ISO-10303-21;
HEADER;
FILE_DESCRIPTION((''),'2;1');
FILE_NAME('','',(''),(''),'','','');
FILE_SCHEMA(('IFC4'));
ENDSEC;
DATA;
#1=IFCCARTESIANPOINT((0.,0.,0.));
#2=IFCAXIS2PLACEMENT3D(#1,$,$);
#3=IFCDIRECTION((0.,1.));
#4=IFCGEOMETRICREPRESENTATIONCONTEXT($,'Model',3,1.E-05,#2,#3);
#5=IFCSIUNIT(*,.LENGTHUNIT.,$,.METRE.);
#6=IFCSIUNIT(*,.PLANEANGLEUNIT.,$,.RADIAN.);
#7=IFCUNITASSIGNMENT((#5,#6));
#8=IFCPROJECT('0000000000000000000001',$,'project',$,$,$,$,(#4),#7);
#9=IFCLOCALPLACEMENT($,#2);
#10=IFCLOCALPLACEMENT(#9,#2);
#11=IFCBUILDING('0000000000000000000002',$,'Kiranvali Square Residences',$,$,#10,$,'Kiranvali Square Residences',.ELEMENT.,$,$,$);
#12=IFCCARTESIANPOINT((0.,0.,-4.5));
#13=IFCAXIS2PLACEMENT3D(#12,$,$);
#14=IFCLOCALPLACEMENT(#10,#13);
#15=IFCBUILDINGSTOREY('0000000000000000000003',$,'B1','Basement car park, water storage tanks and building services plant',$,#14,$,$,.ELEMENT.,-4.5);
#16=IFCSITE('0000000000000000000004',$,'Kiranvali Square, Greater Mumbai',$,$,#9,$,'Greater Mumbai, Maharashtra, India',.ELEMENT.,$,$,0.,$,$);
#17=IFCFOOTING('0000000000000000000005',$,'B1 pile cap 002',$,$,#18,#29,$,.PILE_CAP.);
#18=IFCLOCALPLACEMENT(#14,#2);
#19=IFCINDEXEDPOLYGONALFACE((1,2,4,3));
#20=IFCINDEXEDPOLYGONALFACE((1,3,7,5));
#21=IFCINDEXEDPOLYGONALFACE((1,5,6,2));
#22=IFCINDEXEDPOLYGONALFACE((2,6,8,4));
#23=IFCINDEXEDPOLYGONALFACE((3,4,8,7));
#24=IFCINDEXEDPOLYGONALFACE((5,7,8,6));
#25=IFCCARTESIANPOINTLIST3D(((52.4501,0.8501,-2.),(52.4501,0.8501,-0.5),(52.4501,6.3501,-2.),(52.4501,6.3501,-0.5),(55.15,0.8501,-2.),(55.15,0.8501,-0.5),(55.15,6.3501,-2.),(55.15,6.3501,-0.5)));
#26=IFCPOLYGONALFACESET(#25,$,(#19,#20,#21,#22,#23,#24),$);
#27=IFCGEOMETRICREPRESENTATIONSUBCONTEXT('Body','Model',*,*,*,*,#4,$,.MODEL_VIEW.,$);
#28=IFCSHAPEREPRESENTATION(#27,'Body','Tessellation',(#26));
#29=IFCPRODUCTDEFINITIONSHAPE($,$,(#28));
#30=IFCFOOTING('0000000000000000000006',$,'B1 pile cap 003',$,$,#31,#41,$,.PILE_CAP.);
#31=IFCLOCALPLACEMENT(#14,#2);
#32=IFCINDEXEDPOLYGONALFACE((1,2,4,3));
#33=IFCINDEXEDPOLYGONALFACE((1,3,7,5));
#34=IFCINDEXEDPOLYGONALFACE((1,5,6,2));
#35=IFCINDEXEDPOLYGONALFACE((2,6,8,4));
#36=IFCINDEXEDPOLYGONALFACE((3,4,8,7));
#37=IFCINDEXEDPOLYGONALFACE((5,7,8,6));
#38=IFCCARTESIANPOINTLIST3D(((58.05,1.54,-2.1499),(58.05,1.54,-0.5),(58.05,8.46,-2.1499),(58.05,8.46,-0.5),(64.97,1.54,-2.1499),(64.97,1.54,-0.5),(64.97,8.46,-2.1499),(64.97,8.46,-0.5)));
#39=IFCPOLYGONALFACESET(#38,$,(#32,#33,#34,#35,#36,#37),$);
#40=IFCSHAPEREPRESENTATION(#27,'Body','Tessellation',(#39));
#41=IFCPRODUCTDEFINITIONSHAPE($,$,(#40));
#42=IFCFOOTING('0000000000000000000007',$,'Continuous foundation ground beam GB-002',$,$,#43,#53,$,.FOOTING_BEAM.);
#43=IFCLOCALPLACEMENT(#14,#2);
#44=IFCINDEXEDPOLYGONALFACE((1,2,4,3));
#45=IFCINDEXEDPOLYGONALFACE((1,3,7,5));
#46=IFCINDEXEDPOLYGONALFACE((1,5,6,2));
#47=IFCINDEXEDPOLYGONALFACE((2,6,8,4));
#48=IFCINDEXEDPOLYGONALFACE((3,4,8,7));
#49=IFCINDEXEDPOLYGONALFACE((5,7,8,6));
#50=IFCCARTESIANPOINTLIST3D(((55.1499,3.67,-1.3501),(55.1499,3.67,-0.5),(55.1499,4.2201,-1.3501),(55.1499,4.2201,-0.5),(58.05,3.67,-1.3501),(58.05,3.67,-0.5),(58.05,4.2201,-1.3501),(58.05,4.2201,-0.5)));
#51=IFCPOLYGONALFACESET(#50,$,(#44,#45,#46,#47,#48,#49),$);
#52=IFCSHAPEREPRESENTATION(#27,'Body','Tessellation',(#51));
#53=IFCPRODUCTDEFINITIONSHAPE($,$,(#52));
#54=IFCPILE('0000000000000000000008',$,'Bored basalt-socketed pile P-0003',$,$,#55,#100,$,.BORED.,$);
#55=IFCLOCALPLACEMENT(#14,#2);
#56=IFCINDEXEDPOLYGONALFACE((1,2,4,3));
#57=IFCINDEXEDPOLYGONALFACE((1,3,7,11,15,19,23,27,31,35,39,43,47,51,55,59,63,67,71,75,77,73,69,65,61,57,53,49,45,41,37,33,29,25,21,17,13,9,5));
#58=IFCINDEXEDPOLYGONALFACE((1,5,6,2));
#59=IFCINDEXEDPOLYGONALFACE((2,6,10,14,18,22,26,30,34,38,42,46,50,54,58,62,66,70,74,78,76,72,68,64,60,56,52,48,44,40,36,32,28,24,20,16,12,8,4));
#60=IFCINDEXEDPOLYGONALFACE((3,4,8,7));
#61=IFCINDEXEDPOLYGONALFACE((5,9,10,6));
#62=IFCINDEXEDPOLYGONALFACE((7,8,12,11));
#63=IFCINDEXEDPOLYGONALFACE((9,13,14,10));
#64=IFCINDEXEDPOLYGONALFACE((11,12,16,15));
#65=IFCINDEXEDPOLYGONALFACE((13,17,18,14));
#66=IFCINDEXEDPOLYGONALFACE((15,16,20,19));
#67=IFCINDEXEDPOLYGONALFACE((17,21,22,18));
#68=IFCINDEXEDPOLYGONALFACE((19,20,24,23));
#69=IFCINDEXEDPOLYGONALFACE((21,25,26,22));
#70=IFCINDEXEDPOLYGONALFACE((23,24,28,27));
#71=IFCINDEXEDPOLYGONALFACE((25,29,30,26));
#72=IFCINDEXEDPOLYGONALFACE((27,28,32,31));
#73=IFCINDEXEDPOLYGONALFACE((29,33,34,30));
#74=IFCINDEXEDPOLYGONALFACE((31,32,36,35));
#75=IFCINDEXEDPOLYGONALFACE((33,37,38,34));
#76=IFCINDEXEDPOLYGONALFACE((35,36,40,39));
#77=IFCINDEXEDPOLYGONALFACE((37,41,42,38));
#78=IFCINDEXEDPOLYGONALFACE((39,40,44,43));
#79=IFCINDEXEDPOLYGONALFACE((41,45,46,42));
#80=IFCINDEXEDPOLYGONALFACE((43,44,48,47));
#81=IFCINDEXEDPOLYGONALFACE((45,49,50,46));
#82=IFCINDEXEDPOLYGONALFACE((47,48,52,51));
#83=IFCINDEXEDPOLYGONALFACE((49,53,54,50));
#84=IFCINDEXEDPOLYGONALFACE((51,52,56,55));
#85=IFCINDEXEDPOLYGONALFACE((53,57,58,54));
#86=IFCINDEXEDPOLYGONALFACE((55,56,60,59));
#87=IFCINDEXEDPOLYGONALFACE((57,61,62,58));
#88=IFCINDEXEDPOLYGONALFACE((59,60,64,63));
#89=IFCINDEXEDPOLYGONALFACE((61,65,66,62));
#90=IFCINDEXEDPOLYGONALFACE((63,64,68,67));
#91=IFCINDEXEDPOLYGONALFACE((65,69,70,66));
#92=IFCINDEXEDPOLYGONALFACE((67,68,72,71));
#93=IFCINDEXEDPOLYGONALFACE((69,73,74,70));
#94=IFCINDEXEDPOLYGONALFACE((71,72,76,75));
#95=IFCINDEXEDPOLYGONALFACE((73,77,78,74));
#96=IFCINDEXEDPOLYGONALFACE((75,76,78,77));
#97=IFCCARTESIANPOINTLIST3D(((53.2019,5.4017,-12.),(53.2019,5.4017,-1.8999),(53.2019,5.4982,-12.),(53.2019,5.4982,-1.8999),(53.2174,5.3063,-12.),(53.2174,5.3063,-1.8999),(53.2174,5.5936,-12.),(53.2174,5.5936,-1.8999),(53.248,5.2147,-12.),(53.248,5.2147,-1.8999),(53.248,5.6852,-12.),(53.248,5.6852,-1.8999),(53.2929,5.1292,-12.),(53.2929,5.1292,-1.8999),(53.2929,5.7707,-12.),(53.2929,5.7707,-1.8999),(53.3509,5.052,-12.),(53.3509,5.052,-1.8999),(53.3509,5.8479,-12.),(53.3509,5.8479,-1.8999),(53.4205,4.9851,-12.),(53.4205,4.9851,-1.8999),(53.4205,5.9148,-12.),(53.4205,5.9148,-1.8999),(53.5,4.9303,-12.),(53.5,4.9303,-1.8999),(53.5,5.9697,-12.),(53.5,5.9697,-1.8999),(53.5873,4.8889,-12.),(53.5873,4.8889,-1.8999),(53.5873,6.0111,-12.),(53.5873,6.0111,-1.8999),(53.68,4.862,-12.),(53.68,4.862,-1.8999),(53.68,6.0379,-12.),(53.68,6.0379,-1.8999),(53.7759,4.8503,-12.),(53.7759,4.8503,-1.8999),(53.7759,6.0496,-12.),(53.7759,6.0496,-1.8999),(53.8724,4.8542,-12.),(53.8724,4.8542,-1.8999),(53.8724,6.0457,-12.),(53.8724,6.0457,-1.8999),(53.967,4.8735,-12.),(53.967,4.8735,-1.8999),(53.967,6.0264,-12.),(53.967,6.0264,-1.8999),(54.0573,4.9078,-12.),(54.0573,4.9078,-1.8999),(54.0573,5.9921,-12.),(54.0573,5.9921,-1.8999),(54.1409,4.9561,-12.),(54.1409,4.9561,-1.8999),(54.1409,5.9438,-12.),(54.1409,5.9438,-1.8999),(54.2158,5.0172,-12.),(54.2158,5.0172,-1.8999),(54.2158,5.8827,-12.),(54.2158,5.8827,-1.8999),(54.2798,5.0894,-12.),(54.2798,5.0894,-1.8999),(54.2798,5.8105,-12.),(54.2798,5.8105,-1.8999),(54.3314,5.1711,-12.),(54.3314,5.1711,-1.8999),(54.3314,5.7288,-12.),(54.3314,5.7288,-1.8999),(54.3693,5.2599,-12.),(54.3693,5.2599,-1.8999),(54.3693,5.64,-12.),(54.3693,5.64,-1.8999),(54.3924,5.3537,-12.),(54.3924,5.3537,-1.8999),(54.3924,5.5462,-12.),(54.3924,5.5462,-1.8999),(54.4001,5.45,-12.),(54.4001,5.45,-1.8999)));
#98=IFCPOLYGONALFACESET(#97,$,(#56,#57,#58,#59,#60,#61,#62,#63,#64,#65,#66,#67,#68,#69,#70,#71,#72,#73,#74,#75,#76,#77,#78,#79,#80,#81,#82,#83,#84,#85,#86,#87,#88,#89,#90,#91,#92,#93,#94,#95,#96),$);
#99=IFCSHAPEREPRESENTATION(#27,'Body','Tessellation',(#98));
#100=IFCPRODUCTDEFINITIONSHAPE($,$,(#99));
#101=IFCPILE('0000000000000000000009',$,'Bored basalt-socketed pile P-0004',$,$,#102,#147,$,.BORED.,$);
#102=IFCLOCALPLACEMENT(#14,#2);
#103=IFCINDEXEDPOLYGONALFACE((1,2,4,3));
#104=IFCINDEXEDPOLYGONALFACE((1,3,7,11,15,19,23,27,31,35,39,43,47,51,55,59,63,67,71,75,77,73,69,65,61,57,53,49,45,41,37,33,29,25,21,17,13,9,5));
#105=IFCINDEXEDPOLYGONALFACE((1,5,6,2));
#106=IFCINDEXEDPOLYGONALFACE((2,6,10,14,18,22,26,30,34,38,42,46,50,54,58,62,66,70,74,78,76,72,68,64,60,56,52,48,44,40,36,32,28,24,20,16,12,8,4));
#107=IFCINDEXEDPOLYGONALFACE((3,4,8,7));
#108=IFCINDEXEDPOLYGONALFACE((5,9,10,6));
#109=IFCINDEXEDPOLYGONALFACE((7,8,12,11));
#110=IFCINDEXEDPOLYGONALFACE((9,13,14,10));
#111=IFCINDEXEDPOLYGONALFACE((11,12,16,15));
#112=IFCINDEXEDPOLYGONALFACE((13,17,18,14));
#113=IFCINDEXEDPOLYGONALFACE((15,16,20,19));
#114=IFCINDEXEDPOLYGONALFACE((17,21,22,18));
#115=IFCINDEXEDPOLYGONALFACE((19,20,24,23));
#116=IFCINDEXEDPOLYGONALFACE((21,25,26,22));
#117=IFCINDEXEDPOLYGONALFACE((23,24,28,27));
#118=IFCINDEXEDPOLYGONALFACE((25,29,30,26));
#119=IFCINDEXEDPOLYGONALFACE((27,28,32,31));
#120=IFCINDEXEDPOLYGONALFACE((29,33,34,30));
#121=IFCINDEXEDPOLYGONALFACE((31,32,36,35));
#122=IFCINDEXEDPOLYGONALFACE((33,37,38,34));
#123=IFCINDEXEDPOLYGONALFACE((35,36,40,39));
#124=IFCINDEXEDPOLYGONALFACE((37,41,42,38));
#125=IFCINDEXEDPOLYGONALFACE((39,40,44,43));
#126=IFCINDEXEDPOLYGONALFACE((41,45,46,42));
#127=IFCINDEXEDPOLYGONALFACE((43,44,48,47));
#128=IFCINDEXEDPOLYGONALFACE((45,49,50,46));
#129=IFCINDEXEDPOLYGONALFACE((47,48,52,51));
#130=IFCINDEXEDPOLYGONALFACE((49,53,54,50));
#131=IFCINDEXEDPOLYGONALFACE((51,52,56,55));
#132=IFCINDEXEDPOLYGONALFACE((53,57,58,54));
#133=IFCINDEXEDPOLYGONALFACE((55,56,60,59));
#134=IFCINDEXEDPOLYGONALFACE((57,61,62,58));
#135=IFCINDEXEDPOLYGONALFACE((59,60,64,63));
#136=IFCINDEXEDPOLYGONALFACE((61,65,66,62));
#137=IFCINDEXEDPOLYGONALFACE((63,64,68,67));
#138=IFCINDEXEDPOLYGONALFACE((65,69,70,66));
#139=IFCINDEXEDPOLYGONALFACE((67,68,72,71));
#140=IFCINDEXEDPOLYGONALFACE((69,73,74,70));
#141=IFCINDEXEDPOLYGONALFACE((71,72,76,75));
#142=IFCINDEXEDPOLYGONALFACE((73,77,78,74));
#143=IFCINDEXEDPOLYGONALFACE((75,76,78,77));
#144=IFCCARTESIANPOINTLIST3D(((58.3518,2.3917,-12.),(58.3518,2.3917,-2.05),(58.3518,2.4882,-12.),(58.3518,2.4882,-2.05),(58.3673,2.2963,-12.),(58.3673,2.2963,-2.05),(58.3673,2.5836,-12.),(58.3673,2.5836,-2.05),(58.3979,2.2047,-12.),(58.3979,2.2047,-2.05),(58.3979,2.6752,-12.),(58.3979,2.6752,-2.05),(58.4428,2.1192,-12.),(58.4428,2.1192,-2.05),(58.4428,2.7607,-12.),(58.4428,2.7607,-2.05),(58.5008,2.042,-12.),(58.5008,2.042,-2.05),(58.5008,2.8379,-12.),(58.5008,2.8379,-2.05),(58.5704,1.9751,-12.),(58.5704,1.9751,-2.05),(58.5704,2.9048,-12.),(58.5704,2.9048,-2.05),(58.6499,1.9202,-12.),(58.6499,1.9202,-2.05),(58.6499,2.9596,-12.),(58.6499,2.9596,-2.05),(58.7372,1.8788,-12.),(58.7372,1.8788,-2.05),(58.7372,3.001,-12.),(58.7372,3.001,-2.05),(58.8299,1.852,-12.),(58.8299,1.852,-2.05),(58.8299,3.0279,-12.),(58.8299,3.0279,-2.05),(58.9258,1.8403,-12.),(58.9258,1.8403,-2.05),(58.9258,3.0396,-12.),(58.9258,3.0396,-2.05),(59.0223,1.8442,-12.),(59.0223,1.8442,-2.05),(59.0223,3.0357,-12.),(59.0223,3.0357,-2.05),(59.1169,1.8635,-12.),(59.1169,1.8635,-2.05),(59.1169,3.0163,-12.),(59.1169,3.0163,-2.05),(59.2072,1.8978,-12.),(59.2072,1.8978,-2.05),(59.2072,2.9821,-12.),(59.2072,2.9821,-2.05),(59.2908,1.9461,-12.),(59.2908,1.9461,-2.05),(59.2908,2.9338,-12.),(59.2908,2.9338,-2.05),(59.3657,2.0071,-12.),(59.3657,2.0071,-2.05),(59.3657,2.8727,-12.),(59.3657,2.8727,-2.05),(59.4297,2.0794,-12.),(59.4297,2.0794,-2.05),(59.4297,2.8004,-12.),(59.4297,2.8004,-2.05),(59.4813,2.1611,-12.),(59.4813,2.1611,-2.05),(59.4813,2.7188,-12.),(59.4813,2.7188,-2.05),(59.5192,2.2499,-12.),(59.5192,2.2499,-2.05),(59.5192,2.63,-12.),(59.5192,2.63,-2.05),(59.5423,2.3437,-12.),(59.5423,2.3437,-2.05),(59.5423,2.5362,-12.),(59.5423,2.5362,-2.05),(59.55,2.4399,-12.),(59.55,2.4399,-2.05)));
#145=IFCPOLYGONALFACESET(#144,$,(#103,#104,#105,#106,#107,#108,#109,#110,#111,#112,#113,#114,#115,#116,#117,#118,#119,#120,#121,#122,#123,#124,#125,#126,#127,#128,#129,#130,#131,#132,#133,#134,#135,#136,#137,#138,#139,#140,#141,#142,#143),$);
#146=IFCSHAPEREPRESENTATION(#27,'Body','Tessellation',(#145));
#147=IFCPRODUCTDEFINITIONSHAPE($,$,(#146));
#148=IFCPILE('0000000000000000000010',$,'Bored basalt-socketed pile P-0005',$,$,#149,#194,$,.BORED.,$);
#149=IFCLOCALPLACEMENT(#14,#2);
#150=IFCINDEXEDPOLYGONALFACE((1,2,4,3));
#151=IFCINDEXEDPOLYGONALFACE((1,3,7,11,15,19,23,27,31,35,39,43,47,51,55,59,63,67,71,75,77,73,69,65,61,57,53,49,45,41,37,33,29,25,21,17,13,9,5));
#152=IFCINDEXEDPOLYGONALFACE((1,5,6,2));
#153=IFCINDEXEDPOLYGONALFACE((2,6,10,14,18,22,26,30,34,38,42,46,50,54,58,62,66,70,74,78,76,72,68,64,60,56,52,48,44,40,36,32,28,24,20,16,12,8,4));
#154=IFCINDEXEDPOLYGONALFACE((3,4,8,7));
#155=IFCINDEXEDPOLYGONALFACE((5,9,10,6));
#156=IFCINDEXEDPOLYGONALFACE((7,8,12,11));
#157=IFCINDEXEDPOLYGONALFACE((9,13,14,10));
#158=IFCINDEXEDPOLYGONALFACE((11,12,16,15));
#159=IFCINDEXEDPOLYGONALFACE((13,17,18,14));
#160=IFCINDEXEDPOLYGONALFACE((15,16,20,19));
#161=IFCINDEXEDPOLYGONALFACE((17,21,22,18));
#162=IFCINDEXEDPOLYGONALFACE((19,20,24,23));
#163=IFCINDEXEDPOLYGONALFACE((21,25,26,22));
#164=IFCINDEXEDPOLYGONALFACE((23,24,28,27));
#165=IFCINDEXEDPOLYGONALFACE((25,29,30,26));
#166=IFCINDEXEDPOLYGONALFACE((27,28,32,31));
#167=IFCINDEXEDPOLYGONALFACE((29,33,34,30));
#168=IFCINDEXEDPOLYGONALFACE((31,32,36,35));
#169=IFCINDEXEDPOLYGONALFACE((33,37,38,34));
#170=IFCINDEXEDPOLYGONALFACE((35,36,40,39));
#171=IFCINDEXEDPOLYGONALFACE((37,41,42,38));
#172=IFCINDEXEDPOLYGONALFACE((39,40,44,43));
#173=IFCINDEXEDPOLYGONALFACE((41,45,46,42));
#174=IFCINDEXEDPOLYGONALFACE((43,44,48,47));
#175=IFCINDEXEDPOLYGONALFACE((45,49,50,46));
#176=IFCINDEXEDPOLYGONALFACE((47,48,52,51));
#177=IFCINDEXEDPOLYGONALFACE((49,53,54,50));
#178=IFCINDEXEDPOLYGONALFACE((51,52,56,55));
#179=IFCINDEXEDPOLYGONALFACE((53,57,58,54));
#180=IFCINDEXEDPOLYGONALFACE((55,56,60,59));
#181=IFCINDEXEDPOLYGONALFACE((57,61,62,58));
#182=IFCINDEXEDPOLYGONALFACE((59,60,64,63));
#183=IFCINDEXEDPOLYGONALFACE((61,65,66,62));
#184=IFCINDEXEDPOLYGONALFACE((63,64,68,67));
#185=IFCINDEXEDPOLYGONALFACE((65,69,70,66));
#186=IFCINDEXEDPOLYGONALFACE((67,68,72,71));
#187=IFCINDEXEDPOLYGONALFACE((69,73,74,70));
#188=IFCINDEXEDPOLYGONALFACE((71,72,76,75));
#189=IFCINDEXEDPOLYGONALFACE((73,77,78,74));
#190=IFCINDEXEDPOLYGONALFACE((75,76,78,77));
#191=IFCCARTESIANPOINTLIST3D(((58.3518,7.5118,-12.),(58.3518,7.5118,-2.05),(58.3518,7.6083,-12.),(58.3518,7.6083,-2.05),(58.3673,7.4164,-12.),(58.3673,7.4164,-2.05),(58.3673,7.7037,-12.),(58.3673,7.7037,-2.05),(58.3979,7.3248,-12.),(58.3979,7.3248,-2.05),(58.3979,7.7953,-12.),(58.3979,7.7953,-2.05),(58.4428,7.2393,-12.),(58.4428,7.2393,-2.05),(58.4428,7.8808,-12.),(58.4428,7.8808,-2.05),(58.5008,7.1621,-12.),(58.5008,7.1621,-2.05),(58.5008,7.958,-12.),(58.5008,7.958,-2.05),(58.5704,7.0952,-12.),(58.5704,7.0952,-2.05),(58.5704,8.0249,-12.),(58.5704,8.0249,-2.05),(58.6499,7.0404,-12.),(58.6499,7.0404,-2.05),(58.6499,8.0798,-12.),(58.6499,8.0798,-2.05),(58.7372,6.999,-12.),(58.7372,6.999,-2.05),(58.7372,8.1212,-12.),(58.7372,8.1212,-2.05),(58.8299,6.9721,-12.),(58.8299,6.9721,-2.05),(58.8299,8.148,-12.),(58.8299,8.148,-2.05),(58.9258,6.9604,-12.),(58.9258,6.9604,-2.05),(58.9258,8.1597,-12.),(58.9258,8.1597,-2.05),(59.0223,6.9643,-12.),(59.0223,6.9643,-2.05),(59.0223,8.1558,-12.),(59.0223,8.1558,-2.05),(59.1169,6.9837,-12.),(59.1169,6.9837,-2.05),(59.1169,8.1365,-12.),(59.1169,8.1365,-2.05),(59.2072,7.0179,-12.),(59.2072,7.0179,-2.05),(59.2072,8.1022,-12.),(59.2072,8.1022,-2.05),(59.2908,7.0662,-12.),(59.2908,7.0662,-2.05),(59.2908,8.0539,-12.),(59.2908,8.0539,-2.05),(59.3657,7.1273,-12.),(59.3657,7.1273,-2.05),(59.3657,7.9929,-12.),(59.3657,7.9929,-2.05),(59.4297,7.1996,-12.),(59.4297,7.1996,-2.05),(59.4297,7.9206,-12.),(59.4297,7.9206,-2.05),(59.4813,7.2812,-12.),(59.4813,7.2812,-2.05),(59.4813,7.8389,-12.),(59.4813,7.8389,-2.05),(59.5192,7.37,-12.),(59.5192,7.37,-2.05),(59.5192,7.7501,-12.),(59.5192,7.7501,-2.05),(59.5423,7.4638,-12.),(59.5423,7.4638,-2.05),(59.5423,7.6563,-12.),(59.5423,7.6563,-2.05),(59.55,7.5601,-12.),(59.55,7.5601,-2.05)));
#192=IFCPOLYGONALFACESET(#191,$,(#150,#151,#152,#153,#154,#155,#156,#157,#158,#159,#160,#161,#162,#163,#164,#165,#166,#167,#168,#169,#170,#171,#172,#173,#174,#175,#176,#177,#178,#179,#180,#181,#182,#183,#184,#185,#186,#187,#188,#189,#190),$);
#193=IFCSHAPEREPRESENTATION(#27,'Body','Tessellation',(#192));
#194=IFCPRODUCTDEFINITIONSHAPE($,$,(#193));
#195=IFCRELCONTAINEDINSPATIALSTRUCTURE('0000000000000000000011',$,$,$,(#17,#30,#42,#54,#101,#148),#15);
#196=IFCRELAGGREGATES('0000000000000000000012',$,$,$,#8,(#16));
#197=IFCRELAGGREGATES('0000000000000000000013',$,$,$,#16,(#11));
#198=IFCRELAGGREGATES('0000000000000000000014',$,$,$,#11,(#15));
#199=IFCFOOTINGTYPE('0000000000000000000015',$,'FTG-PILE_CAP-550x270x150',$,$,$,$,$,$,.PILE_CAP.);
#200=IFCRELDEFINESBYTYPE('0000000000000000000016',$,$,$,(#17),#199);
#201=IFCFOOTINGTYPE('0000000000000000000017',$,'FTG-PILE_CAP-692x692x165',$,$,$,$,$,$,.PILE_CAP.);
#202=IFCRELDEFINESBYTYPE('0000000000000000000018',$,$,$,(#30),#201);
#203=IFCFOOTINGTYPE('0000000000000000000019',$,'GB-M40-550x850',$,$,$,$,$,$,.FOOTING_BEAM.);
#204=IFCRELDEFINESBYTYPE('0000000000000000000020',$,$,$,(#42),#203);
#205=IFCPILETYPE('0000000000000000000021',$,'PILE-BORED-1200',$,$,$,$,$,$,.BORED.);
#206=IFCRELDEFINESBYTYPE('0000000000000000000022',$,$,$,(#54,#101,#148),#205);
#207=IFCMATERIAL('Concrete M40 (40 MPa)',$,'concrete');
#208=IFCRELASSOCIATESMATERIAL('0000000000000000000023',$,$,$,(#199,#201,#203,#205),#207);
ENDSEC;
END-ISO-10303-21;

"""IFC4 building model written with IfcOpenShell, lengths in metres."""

from ifc_helpers import new_model, si_unit, direction, frame, origin, origin_2d, place, context, subcontext, project, spatial, rectangle, circle, extrude, material, material_profile, profile_set, type_object, element, save


model = new_model("IFC4")

# Units and contexts
model_context = context("Model", 3, precision=1e-05, world=origin(), true_north=direction((0.0, 1.0)))
body_context = subcontext(model_context, "Body", "Model", "MODEL_VIEW")
ifc_project = project(units=[si_unit("LENGTHUNIT", "METRE"), si_unit("PLANEANGLEUNIT", "RADIAN")], contexts=[model_context])

# Site, building, storey
site_placement = place(None, origin())
site = spatial("IfcSite", under=ifc_project, at=site_placement, Name="Kiranvali Square, Greater Mumbai", LongName="Greater Mumbai, Maharashtra, India", CompositionType="ELEMENT", RefElevation=0.0)
building_placement = place(site_placement, origin())
building = spatial("IfcBuilding", under=site, at=building_placement, Name="Kiranvali Square Residences", LongName="Kiranvali Square Residences", CompositionType="ELEMENT")
storey_placement = place(building_placement, frame((0.0, 0.0, -4.5)))
storey = spatial("IfcBuildingStorey", under=building, at=storey_placement, Name="B1", Description="Basement car park, water storage tanks and building services plant", CompositionType="ELEMENT", Elevation=-4.5)

# Footings
ifc_material_1 = material(Name="Concrete M40 (40 MPa)", Category="concrete")
footing_type_1 = type_object("IfcFootingType", Name="FTG-PILE_CAP-550x270x150", PredefinedType="PILE_CAP", material=ifc_material_1)
footing_1_placement = place(storey_placement, frame((53.8, 3.6001, -2.0), z_axis=(0.0, 0.0, 1.0), x_axis=(0.0, 1.0, 0.0)))
element("IfcFooting", 1, at=footing_1_placement, inside=storey, type_object=footing_type_1, Name="B1 pile cap 002", PredefinedType="PILE_CAP", context=body_context, shape_type="SweptSolid", body=[
    extrude(rectangle(XDim=5.5, YDim=2.7, at=origin_2d()), origin(), (0.0, 0.0, 1.0), 1.5),
])
footing_type_2 = type_object("IfcFootingType", Name="FTG-PILE_CAP-692x692x165", PredefinedType="PILE_CAP", material=ifc_material_1)
footing_2_placement = place(storey_placement, frame((61.51, 5.0, -2.1499), z_axis=(0.0, 0.0, 1.0), x_axis=(1.0, 0.0, 0.0)))
element("IfcFooting", 2, at=footing_2_placement, inside=storey, type_object=footing_type_2, Name="B1 pile cap 003", PredefinedType="PILE_CAP", context=body_context, shape_type="SweptSolid", body=[
    extrude(rectangle(XDim=6.9199, YDim=6.9199, at=origin_2d()), origin(), (0.0, 0.0, 1.0), 1.6499),
])
ifc_material_profile_1 = material_profile(ifc_material_1, rectangle(XDim=0.55, YDim=0.8501, at=origin_2d()), Name="GB 550x850")
ifc_profile_set_1 = profile_set([ifc_material_profile_1], Name="Concrete M40 (40 MPa)")
footing_type_3 = type_object("IfcFootingType", Name="GB-M40-550x850", PredefinedType="FOOTING_BEAM", material=ifc_profile_set_1)
footing_3_placement = place(storey_placement, frame((55.1499, 3.9451, -0.925), z_axis=(1.0, 0.0, 0.0), x_axis=(0.0, 1.0, 0.0)))
element("IfcFooting", 3, at=footing_3_placement, inside=storey, type_object=footing_type_3, Name="Continuous foundation ground beam GB-002", PredefinedType="FOOTING_BEAM", context=body_context, shape_type="SweptSolid", body=[
    extrude(rectangle(XDim=0.55, YDim=0.8501, at=origin_2d()), origin(), (0.0, 0.0, 1.0), 2.9001),
])

# Piles
ifc_material_profile_2 = material_profile(ifc_material_1, circle(Radius=0.6001, at=origin_2d()), Name="BORED PILE 1200")
ifc_profile_set_2 = profile_set([ifc_material_profile_2], Name="Concrete M40 (40 MPa)")
pile_type = type_object("IfcPileType", Name="PILE-BORED-1200", PredefinedType="BORED", material=ifc_profile_set_2)
pile_placement = place(storey_placement, frame((53.8, 5.45, -1.8999), z_axis=(0.0, 0.0, -1.0), x_axis=(1.0, 0.0, 0.0)))
element("IfcPile", 4, at=pile_placement, inside=storey, type_object=pile_type, Name="Bored basalt-socketed pile P-0003", PredefinedType="BORED", context=body_context, shape_type="SweptSolid", body=[
    extrude(circle(Radius=0.6001, at=origin_2d()), origin(), (0.0, 0.0, 1.0), 10.1001),
])
for number, where, z_axis, x_axis, name in (
    (5, (58.95, 2.4399, -2.05), (0.0, 0.0, -1.0), (1.0, 0.0, 0.0), "Bored basalt-socketed pile P-0004"),
    (6, (58.95, 7.5601, -2.05), (0.0, 0.0, -1.0), (1.0, 0.0, 0.0), "Bored basalt-socketed pile P-0005"),
):
    element("IfcPile", number, at=place(storey_placement, frame(where, z_axis=z_axis, x_axis=x_axis)), inside=storey, type_object=pile_type, Name=name, PredefinedType="BORED", context=body_context, shape_type="SweptSolid", body=[
        extrude(circle(Radius=0.6001, at=origin_2d()), origin(), (0.0, 0.0, 1.0), 9.95),
    ])

save(model, "model.ifc")
